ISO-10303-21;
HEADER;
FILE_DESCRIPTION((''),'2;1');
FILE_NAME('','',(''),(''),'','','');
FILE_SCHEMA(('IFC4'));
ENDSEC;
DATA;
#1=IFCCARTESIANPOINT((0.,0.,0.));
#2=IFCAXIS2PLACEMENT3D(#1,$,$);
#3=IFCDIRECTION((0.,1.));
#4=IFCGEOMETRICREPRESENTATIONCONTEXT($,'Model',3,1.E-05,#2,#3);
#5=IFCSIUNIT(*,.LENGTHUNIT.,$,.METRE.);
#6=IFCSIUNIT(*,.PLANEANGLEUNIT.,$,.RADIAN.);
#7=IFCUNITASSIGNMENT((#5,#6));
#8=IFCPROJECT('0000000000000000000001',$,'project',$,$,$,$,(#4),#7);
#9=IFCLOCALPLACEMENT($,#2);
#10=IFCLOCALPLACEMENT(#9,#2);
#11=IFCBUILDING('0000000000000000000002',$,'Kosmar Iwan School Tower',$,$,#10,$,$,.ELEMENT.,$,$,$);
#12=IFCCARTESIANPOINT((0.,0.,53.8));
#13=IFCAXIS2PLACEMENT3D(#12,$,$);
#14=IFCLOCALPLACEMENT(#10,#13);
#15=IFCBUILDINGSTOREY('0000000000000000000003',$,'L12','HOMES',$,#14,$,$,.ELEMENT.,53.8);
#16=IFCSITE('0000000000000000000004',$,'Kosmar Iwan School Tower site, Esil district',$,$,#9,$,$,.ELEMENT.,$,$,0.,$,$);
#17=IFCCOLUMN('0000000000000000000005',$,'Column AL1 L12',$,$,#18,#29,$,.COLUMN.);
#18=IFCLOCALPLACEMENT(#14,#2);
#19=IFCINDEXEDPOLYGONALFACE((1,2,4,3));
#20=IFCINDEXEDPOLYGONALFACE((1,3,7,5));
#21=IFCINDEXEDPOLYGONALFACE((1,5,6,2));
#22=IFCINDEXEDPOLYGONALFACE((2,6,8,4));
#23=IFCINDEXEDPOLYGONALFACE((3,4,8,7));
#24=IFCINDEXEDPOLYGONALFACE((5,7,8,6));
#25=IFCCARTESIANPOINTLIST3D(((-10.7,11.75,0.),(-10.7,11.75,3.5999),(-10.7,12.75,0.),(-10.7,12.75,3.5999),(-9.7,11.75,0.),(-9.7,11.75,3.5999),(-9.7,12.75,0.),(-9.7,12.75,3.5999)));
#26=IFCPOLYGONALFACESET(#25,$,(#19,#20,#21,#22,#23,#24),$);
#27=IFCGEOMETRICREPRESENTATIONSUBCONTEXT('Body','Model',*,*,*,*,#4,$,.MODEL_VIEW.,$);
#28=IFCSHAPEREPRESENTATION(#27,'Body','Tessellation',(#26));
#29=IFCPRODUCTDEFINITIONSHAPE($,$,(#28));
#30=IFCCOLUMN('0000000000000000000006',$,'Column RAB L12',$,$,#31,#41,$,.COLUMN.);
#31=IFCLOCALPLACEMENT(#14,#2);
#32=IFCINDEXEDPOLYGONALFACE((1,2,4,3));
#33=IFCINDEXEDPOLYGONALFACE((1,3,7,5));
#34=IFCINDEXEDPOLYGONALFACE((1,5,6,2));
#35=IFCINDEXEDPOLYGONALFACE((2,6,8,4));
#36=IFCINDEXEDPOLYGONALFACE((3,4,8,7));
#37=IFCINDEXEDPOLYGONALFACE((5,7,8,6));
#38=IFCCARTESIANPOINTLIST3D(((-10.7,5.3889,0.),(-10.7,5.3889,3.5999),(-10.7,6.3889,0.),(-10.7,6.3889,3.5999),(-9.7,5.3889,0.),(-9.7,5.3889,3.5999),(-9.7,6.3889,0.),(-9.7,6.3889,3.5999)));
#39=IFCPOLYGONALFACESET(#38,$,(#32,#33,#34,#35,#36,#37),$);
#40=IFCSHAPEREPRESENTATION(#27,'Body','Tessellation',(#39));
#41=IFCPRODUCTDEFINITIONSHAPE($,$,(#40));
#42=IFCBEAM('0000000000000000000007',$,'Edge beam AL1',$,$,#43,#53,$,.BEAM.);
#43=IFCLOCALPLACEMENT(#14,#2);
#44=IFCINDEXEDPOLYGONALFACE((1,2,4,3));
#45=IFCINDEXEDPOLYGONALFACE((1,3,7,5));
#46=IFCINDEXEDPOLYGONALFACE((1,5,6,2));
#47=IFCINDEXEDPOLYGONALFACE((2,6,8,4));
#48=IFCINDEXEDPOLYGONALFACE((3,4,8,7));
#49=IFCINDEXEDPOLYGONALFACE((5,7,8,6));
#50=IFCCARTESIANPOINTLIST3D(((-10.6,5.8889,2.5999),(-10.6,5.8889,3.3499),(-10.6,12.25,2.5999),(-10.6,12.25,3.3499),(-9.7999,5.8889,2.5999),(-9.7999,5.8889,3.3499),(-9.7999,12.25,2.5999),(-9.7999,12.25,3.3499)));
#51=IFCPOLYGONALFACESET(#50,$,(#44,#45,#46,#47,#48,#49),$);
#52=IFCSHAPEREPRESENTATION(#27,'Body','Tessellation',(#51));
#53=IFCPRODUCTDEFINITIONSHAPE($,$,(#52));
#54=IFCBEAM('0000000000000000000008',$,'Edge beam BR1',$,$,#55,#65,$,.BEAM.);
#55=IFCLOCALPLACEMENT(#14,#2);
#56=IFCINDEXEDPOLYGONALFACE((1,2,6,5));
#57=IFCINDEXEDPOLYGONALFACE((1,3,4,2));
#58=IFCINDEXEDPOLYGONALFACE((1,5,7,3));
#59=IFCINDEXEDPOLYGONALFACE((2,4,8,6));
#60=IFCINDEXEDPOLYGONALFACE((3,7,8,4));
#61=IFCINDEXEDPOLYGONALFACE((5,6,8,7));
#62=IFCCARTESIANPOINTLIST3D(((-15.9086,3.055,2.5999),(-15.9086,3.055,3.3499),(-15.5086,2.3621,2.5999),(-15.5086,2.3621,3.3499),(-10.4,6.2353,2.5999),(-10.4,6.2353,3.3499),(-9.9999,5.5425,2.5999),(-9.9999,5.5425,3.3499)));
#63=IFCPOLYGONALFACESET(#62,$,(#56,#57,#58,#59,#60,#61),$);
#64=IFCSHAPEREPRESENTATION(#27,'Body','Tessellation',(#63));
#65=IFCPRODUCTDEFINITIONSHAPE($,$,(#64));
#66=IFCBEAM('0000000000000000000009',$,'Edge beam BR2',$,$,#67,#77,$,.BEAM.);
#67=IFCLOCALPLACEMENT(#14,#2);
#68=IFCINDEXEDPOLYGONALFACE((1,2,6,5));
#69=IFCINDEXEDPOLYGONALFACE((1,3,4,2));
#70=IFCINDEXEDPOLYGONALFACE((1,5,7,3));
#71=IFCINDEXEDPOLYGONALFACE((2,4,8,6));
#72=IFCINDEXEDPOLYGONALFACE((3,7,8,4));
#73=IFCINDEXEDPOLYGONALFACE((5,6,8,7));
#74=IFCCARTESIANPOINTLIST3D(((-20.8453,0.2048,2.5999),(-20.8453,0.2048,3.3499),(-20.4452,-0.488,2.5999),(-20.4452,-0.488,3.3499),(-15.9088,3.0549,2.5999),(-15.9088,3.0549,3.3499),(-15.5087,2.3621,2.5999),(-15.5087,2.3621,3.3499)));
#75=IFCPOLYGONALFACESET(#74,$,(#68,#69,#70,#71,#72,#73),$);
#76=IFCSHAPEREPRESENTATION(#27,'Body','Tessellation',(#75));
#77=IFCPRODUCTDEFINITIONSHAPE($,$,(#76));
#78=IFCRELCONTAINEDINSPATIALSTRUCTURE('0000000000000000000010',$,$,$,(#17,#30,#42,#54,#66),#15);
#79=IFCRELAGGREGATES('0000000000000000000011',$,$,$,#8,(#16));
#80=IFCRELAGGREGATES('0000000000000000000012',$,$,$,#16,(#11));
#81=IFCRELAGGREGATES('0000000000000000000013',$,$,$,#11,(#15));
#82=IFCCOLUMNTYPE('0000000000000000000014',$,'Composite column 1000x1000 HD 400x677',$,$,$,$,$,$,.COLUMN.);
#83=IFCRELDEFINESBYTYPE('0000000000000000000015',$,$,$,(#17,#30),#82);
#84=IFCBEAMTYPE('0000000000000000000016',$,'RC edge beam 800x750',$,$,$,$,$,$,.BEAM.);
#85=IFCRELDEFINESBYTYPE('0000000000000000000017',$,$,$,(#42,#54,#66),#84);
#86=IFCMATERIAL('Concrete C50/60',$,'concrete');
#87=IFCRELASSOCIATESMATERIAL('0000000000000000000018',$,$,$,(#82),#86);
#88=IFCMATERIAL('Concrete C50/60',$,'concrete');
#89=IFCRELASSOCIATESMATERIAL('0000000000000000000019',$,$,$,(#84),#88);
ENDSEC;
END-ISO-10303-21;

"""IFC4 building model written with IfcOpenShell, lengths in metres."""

from ifc_helpers import new_model, si_unit, direction, frame, origin, origin_2d, place, context, subcontext, project, spatial, rectangle, extrude, material, material_profile, profile_set, type_object, element, save


model = new_model("IFC4")

# Units and contexts
model_context = context("Model", 3, precision=1e-05, world=origin(), true_north=direction((0.0, 1.0)))
body_context = subcontext(model_context, "Body", "Model", "MODEL_VIEW")
ifc_project = project(units=[si_unit("LENGTHUNIT", "METRE"), si_unit("PLANEANGLEUNIT", "RADIAN")], contexts=[model_context])

# Site, building, storey
site_placement = place(None, origin())
site = spatial("IfcSite", under=ifc_project, at=site_placement, Name="Kosmar Iwan School Tower site, Esil district", CompositionType="ELEMENT", RefElevation=0.0)
building_placement = place(site_placement, origin())
building = spatial("IfcBuilding", under=site, at=building_placement, Name="Kosmar Iwan School Tower", CompositionType="ELEMENT")
storey_placement = place(building_placement, frame((0.0, 0.0, 53.8)))
storey = spatial("IfcBuildingStorey", under=building, at=storey_placement, Name="L12", Description="HOMES", CompositionType="ELEMENT", Elevation=53.8)

# Columns
ifc_material_1 = material(Name="Concrete C50/60", Category="concrete")
ifc_material_profile_1 = material_profile(ifc_material_1, rectangle(XDim=1.0, YDim=1.0, at=origin_2d()), Name="RC 1000x1000 + HD 400x677")
ifc_profile_set_1 = profile_set([ifc_material_profile_1], Name="Concrete C50/60")
column_type = type_object("IfcColumnType", Name="Composite column 1000x1000 HD 400x677", PredefinedType="COLUMN", material=ifc_profile_set_1)
for number, where, z_axis, x_axis, name in (
    (1, (-10.2, 12.25, 0.0), (0.0, 0.0, 1.0), (0.0, 1.0, 0.0), "Column AL1 L12"),
    (2, (-10.2, 5.8889, 0.0), (0.0, 0.0, 1.0), (1.0, 0.0, 0.0), "Column RAB L12"),
):
    element("IfcColumn", number, at=place(storey_placement, frame(where, z_axis=z_axis, x_axis=x_axis)), inside=storey, type_object=column_type, Name=name, PredefinedType="COLUMN", context=body_context, shape_type="SweptSolid", body=[
        extrude(rectangle(XDim=1.0, YDim=1.0, at=origin_2d()), origin(), (0.0, 0.0, 1.0), 3.5999),
    ])

# Beams
ifc_material_2 = material(Name="Concrete C50/60", Category="concrete")
ifc_material_profile_2 = material_profile(ifc_material_2, rectangle(XDim=0.8, YDim=0.75, at=origin_2d()), Name="RC 800x750")
ifc_profile_set_2 = profile_set([ifc_material_profile_2], Name="Concrete C50/60")
beam_type = type_object("IfcBeamType", Name="RC edge beam 800x750", PredefinedType="BEAM", material=ifc_profile_set_2)
beam_1_placement = place(storey_placement, frame((-10.2, 5.8889, 2.9749), z_axis=(0.0, 1.0, 0.0), x_axis=(-1.0, 0.0, 0.0)))
element("IfcBeam", 3, at=beam_1_placement, inside=storey, type_object=beam_type, Name="Edge beam AL1", PredefinedType="BEAM", context=body_context, shape_type="SweptSolid", body=[
    extrude(rectangle(XDim=0.8, YDim=0.75, at=origin_2d()), origin(), (0.0, 0.0, 1.0), 6.3611),
])
beam_2_placement = place(storey_placement, frame((-10.2, 5.8889, 2.9749), z_axis=(-0.866031, -0.49999, 0.0), x_axis=(0.49999, -0.866031, 0.0)))
element("IfcBeam", 4, at=beam_2_placement, inside=storey, type_object=beam_type, Name="Edge beam BR1", PredefinedType="BEAM", context=body_context, shape_type="SweptSolid", body=[
    extrude(rectangle(XDim=0.8, YDim=0.75, at=origin_2d()), origin(), (0.0, 0.0, 1.0), 6.3608),
])
beam_3_placement = place(storey_placement, frame((-15.7087, 2.7085, 2.9749), z_axis=(-0.866026, -0.499999, 0.0), x_axis=(0.499999, -0.866026, 0.0)))
element("IfcBeam", 5, at=beam_3_placement, inside=storey, type_object=beam_type, Name="Edge beam BR2", PredefinedType="BEAM", context=body_context, shape_type="SweptSolid", body=[
    extrude(rectangle(XDim=0.8, YDim=0.75, at=origin_2d()), origin(), (0.0, 0.0, 1.0), 5.7002),
])

save(model, "model.ifc")
